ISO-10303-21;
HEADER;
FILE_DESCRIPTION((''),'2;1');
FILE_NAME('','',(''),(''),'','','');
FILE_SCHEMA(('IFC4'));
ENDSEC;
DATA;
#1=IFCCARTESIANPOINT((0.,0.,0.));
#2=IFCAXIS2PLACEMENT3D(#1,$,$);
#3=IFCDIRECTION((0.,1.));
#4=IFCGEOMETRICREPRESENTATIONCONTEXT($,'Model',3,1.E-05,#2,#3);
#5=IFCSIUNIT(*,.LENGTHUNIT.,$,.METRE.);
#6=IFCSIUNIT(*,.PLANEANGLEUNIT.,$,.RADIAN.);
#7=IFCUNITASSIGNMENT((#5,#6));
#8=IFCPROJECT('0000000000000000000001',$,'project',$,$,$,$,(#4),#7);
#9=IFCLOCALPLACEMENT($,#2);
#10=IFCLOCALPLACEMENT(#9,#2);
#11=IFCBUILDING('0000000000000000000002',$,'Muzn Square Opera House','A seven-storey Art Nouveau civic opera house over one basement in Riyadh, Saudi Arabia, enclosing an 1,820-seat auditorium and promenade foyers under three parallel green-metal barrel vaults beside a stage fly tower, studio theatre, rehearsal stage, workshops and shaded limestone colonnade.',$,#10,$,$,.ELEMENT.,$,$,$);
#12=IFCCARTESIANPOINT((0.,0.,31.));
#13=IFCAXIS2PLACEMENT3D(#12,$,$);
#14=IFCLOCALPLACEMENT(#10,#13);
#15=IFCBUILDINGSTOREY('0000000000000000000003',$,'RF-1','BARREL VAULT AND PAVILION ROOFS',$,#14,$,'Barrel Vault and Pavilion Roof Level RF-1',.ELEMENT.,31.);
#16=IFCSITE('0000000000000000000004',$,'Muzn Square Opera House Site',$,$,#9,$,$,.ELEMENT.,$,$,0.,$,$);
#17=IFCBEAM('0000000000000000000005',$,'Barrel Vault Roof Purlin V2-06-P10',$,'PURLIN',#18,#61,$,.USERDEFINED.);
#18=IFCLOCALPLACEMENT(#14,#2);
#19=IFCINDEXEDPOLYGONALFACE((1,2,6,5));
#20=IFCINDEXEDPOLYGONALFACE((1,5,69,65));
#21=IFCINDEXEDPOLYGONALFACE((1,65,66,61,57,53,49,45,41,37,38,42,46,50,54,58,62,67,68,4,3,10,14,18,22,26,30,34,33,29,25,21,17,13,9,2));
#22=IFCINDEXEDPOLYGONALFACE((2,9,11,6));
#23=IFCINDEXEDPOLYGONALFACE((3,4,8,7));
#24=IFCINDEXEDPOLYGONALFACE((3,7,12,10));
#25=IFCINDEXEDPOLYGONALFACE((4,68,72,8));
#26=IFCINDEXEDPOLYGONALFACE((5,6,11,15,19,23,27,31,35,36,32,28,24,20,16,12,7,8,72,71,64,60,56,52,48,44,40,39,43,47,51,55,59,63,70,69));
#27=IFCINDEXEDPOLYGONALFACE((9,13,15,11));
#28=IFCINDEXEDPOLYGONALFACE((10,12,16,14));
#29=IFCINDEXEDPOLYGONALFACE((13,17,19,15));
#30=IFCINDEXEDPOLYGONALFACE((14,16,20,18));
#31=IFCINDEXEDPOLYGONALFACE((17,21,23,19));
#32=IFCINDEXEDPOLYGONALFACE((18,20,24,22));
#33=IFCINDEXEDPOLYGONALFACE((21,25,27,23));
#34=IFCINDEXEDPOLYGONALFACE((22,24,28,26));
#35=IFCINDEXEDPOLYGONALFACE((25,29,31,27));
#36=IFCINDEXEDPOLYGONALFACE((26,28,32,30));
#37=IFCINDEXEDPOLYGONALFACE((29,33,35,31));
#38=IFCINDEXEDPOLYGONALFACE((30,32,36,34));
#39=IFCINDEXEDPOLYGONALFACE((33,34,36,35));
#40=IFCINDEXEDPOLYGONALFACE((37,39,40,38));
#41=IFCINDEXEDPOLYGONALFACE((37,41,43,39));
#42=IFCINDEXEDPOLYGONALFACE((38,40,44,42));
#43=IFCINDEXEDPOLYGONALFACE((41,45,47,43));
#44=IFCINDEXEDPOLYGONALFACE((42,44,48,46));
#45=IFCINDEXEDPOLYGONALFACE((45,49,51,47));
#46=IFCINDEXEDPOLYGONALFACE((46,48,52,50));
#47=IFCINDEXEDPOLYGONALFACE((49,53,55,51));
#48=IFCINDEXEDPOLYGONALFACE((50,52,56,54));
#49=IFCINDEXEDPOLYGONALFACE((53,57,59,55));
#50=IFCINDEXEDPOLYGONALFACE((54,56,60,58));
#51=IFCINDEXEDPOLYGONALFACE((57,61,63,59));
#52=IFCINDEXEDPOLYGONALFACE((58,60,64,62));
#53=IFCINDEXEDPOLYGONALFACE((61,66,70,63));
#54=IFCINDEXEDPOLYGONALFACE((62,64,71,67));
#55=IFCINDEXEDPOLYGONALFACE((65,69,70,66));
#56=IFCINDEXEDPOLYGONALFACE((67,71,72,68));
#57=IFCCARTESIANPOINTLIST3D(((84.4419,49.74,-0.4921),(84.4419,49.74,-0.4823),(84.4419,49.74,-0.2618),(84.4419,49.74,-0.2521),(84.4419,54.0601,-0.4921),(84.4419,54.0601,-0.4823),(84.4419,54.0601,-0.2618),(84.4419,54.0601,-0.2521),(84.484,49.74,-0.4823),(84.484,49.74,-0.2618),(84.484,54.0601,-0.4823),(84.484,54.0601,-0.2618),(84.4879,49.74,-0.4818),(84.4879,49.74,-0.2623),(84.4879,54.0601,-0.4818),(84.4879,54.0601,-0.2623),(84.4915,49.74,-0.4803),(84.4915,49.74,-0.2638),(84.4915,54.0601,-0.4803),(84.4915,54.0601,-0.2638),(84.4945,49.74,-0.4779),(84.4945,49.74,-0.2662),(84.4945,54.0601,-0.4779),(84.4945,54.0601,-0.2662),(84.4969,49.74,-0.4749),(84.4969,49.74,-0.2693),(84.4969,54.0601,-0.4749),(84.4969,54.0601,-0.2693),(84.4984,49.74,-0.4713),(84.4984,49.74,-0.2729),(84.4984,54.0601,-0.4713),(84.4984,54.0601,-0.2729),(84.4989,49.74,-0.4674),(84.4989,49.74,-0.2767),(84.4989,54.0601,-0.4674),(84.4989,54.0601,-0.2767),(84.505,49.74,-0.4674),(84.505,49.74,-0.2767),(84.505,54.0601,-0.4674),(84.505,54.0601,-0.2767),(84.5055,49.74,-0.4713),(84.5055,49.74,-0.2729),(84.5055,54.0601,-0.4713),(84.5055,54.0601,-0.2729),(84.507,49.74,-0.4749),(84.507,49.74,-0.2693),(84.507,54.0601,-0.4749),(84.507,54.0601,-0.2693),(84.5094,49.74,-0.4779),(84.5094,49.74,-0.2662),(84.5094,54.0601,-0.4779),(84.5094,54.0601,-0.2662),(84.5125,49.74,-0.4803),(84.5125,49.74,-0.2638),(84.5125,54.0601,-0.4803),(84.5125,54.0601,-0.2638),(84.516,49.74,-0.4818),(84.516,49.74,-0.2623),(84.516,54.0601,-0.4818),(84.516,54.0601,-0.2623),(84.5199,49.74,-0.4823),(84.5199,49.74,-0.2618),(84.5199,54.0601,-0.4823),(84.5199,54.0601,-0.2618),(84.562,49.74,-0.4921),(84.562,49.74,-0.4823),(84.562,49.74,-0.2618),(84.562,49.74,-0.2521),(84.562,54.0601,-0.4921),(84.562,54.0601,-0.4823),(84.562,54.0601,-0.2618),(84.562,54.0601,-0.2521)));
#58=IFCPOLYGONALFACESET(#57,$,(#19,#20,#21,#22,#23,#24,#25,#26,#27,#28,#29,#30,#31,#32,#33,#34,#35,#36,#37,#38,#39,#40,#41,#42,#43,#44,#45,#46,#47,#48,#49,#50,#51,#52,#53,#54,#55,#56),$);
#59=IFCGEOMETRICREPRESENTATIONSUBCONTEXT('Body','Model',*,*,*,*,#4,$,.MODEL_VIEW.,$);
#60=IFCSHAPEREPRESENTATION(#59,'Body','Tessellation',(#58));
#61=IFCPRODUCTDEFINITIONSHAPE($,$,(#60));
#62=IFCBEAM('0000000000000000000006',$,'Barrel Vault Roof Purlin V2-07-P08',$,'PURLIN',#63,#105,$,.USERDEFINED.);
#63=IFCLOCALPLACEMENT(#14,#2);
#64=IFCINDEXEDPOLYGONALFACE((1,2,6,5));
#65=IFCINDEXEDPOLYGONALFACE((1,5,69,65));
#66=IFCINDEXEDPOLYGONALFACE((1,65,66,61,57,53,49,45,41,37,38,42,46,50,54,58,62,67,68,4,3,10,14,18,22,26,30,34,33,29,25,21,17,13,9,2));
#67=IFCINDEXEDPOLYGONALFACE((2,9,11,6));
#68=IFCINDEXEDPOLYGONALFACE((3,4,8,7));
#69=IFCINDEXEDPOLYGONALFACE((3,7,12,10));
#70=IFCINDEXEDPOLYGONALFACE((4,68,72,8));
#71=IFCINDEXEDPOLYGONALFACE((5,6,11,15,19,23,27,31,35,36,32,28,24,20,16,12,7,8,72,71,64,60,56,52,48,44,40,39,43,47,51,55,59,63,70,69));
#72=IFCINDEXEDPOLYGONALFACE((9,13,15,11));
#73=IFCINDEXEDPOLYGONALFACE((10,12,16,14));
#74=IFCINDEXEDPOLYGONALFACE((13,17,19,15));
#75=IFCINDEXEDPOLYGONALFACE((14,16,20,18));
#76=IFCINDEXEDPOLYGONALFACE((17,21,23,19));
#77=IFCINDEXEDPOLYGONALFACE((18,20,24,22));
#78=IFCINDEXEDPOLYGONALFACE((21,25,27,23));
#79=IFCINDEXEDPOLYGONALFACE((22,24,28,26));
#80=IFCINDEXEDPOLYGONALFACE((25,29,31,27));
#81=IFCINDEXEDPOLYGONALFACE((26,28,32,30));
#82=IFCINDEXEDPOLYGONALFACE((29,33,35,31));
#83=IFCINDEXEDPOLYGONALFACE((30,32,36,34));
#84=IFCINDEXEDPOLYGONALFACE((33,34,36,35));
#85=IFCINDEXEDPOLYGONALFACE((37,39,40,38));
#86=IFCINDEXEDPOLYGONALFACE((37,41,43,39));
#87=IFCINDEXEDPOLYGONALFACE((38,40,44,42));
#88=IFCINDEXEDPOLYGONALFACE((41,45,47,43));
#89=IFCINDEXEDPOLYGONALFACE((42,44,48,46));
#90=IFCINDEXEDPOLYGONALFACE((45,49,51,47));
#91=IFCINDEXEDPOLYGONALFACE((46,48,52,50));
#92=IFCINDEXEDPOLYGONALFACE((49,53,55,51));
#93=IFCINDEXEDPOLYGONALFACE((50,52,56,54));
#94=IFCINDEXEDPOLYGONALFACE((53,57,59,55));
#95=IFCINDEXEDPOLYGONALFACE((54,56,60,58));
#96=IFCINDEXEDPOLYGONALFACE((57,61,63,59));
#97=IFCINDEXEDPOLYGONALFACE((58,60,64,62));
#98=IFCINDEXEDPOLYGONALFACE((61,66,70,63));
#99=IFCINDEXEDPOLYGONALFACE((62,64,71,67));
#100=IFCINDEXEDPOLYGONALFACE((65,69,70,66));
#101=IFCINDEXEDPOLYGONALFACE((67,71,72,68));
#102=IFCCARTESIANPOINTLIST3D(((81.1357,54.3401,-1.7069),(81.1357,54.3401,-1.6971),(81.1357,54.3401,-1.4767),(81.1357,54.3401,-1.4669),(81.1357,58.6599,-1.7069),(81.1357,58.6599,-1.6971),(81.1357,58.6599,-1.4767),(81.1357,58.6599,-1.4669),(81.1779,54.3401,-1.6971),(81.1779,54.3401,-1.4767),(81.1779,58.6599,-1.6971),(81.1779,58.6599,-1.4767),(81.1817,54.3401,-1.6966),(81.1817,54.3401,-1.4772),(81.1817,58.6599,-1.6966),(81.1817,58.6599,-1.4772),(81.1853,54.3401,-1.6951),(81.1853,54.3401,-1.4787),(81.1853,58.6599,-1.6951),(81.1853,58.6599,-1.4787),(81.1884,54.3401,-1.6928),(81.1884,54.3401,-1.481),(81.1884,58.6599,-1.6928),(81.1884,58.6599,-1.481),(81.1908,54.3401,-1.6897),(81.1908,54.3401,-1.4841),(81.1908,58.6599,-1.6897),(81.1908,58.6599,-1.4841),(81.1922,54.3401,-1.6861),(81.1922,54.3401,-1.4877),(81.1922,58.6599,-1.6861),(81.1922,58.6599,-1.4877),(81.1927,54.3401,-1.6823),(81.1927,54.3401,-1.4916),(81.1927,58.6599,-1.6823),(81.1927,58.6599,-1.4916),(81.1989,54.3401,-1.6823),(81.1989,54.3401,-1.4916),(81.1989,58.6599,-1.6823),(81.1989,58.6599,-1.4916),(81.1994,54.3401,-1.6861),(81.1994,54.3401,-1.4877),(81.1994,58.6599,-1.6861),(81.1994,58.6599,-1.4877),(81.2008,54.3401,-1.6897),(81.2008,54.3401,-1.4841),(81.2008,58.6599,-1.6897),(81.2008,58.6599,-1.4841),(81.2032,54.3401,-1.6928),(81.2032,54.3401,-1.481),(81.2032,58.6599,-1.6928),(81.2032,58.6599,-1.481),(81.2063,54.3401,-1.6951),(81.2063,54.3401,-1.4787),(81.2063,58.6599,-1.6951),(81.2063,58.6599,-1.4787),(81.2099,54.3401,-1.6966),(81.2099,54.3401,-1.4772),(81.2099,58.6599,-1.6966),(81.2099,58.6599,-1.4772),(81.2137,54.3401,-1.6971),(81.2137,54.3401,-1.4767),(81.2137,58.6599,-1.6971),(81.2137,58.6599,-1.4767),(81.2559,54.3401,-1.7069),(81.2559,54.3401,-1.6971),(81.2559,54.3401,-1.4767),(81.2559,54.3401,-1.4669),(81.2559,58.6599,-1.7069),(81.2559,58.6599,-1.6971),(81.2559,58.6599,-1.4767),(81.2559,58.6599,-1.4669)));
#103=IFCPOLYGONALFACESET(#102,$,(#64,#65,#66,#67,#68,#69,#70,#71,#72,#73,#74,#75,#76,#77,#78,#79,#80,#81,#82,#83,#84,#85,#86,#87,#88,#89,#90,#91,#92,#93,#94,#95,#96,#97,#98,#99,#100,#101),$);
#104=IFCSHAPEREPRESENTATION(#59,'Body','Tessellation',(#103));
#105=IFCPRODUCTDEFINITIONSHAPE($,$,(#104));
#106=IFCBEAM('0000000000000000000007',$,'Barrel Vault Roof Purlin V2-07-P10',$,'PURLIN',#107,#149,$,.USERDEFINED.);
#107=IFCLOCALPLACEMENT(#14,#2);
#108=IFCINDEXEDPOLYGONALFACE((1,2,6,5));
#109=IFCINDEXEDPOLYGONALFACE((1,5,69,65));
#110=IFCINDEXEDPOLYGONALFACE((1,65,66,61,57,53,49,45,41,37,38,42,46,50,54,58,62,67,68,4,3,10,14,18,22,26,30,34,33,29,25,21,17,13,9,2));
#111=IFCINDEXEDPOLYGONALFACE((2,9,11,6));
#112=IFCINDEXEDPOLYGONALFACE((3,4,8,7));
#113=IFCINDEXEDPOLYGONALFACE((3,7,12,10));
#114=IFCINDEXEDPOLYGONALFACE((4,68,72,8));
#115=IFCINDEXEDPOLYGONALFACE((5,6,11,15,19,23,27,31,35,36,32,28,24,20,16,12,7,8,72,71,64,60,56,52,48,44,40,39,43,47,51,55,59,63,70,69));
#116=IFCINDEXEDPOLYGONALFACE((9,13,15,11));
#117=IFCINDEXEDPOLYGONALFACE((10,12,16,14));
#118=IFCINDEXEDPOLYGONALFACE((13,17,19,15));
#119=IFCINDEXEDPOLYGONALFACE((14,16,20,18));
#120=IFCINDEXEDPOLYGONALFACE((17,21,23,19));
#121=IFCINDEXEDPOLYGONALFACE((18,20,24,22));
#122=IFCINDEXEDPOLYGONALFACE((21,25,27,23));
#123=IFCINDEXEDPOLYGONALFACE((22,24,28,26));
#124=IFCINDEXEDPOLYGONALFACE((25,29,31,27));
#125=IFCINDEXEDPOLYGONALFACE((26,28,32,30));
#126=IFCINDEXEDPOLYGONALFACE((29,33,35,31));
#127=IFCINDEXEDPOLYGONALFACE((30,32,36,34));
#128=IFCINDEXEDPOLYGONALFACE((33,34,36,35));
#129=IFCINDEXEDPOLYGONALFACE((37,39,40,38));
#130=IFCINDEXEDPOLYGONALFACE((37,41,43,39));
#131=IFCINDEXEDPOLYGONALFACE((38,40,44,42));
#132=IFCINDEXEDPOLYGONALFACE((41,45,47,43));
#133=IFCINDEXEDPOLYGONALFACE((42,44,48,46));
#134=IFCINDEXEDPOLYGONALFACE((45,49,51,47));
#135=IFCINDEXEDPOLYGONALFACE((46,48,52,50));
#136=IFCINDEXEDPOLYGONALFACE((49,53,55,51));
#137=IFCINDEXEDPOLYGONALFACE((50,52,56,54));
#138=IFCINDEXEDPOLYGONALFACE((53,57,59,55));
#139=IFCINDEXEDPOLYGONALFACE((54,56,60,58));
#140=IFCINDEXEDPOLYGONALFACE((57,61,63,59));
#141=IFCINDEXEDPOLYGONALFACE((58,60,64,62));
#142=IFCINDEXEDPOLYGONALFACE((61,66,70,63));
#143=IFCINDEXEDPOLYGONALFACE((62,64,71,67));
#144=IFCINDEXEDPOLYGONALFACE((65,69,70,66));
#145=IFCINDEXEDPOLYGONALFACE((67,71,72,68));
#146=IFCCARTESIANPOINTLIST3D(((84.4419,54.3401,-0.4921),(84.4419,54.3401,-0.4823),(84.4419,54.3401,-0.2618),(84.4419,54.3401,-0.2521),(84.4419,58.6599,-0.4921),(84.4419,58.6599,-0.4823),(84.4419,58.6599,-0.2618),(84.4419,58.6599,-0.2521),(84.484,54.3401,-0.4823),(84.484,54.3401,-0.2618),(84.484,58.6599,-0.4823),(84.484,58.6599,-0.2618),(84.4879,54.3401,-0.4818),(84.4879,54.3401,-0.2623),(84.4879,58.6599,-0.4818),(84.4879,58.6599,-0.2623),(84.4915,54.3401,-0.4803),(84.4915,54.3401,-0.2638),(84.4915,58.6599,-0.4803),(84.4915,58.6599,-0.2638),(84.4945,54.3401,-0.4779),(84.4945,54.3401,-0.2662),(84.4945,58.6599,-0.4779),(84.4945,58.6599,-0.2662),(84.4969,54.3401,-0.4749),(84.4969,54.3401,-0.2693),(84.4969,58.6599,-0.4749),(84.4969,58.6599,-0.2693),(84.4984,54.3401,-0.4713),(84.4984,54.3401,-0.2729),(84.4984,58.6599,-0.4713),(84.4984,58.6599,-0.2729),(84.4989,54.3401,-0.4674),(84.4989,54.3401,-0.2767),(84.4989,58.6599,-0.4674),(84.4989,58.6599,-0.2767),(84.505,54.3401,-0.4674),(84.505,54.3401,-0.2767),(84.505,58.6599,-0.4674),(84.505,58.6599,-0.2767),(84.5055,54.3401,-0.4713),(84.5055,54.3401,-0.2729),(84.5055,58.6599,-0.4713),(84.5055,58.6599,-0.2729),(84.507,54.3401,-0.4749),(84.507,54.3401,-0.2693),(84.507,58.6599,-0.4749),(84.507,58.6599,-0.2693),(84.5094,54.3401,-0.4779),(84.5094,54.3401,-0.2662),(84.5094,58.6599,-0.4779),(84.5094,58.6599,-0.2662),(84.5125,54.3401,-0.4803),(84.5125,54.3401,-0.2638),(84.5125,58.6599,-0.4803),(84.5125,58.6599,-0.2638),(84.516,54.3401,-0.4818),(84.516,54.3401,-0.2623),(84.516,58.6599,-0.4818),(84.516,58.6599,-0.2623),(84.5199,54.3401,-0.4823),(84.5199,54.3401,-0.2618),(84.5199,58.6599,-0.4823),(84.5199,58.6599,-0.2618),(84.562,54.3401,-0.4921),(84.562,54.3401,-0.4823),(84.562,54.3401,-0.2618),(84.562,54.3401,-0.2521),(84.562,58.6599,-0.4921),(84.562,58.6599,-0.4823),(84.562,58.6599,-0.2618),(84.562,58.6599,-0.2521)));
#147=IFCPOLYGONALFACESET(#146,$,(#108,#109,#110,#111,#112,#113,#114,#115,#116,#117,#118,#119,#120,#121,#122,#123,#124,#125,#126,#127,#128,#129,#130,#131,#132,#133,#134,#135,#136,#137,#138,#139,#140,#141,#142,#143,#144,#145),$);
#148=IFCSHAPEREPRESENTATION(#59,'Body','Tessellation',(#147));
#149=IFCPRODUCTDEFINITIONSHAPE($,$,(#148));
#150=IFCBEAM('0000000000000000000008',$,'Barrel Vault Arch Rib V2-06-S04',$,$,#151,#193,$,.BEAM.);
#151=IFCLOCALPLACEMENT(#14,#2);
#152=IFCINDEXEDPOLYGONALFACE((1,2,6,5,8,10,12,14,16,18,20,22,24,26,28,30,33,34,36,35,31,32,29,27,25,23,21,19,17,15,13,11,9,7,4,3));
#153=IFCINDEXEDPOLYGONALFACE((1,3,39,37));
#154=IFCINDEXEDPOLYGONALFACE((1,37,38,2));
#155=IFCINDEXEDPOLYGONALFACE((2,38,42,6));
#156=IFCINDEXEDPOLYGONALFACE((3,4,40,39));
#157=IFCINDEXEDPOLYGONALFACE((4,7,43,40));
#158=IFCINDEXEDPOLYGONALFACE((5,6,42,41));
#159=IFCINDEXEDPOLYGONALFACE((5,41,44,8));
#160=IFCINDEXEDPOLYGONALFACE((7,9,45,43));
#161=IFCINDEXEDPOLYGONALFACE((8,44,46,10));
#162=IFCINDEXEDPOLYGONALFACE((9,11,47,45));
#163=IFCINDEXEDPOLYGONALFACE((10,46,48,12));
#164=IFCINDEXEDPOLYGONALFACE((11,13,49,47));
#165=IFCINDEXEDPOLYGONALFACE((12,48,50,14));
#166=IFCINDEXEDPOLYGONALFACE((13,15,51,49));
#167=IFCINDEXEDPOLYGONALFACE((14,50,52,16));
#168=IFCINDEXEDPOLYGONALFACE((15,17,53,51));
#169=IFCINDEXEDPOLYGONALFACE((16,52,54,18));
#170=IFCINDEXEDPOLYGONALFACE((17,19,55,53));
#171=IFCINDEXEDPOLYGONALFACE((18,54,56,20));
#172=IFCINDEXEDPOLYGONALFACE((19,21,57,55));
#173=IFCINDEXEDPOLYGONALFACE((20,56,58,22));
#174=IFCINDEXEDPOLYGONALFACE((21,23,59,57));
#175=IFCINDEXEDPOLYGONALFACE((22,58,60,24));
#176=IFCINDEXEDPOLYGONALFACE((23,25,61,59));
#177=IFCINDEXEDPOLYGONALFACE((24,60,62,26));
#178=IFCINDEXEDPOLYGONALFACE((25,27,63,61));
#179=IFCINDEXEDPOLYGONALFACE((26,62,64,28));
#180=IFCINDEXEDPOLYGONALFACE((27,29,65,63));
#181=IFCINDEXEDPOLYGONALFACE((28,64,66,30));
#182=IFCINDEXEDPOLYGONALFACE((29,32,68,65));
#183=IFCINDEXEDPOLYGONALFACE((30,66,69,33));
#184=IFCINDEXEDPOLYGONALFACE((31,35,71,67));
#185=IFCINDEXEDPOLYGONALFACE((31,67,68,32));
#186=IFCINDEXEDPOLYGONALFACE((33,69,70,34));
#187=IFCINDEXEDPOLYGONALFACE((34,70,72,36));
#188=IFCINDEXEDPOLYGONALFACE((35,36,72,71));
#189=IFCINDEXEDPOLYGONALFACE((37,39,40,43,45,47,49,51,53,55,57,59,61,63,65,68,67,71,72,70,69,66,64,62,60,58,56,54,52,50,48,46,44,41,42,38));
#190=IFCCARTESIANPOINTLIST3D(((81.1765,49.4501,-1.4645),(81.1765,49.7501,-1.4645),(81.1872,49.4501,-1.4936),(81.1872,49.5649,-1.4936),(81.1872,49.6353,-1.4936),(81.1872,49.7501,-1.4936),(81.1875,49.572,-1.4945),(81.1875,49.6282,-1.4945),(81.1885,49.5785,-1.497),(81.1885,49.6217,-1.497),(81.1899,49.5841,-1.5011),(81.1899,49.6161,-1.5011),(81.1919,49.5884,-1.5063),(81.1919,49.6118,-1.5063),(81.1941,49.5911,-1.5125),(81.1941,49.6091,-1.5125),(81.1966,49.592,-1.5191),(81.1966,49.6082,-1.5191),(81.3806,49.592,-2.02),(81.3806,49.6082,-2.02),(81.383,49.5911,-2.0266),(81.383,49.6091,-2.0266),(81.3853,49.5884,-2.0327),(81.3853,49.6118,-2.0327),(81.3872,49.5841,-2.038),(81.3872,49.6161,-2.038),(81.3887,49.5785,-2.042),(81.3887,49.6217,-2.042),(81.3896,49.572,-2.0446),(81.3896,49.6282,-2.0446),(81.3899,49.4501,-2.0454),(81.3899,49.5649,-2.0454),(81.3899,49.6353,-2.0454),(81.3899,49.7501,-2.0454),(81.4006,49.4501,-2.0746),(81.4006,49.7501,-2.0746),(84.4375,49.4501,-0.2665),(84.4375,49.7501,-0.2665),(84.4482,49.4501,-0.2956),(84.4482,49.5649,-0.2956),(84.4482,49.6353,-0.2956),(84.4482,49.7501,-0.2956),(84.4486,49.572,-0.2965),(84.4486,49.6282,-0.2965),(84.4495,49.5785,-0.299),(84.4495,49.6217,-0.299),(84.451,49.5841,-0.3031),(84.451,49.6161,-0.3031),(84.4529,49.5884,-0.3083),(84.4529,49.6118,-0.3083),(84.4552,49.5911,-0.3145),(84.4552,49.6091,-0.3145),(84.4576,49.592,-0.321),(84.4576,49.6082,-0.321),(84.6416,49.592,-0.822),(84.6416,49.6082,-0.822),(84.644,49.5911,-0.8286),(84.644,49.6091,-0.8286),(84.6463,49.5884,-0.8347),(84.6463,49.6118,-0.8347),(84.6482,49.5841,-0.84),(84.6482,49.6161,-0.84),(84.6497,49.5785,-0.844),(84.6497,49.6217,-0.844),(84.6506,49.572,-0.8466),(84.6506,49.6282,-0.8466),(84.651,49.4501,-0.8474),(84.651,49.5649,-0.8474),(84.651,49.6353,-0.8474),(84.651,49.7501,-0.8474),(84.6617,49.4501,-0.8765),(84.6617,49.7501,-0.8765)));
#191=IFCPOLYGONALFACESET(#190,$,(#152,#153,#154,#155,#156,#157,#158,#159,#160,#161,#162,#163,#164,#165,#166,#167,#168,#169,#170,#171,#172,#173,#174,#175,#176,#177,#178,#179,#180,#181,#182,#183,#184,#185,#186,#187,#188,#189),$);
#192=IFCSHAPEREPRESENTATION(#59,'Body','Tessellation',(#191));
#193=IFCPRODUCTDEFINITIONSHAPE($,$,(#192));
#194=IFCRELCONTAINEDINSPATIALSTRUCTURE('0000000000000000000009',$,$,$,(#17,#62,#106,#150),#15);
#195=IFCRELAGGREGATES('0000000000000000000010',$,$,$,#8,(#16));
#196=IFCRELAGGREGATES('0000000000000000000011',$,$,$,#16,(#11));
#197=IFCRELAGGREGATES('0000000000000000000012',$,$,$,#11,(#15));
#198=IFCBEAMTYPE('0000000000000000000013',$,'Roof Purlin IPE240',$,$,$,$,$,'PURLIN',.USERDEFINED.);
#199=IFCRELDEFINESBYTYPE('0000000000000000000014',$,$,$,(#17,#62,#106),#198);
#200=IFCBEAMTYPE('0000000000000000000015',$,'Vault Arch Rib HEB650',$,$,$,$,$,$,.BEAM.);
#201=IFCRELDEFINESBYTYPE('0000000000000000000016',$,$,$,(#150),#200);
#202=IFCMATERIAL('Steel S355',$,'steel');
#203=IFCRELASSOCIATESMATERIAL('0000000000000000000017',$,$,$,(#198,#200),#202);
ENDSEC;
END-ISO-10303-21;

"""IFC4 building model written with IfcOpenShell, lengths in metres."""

from ifc_helpers import new_model, si_unit, direction, frame, origin, origin_2d, place, context, subcontext, project, spatial, i_section, extrude, material, material_profile, profile_set, type_object, element, save


model = new_model("IFC4")

# Units and contexts
model_context = context("Model", 3, precision=1e-05, world=origin(), true_north=direction((0.0, 1.0)))
body_context = subcontext(model_context, "Body", "Model", "MODEL_VIEW")
ifc_project = project(units=[si_unit("LENGTHUNIT", "METRE"), si_unit("PLANEANGLEUNIT", "RADIAN")], contexts=[model_context])

# Site, building, storey
site_placement = place(None, origin())
site = spatial("IfcSite", under=ifc_project, at=site_placement, Name="Muzn Square Opera House Site", CompositionType="ELEMENT", RefElevation=0.0)
building_placement = place(site_placement, origin())
building = spatial("IfcBuilding", under=site, at=building_placement, Name="Muzn Square Opera House", Description="A seven-storey Art Nouveau civic opera house over one basement in Riyadh, Saudi Arabia, enclosing an 1,820-seat auditorium and promenade foyers under three parallel green-metal barrel vaults beside a stage fly tower, studio theatre, rehearsal stage, workshops and shaded limestone colonnade.", CompositionType="ELEMENT")
storey_placement = place(building_placement, frame((0.0, 0.0, 31.0)))
storey = spatial("IfcBuildingStorey", under=building, at=storey_placement, Name="RF-1", Description="BARREL VAULT AND PAVILION ROOFS", LongName="Barrel Vault and Pavilion Roof Level RF-1", CompositionType="ELEMENT", Elevation=31.0)

# Beams
ifc_material_1 = material(Name="Steel S355", Category="steel")
ifc_material_profile_1 = material_profile(ifc_material_1, i_section(OverallWidth=0.1201, OverallDepth=0.24, WebThickness=0.0061, FlangeThickness=0.0098, FilletRadius=0.0149, at=origin_2d()), Name="IPE 240", Category="steel")
ifc_profile_set_1 = profile_set([ifc_material_profile_1], Name="Steel S355")
beam_type_1 = type_object("IfcBeamType", Name="Roof Purlin IPE240", ElementType="PURLIN", PredefinedType="USERDEFINED", material=ifc_profile_set_1)
for number, where, z_axis, x_axis, name in (
    (1, (84.502, 49.74, -0.3721), (0.0, 1.0, 0.0), (-1.0, 0.0, 0.0), "Barrel Vault Roof Purlin V2-06-P10"),
):
    element("IfcBeam", number, at=place(storey_placement, frame(where, z_axis=z_axis, x_axis=x_axis)), inside=storey, type_object=beam_type_1, Name=name, ObjectType="PURLIN", PredefinedType="USERDEFINED", context=body_context, shape_type="SweptSolid", body=[
        extrude(i_section(OverallWidth=0.1201, OverallDepth=0.24, WebThickness=0.0061, FlangeThickness=0.0098, FilletRadius=0.0149, at=origin_2d()), origin(), (0.0, 0.0, 1.0), 4.3201),
    ])
for number, where, z_axis, x_axis, name in (
    (2, (81.1958, 54.3401, -1.5869), (0.0, 1.0, 0.0), (-1.0, 0.0, 0.0), "Barrel Vault Roof Purlin V2-07-P08"),
    (3, (84.502, 54.3401, -0.3721), (0.0, 1.0, 0.0), (-1.0, 0.0, 0.0), "Barrel Vault Roof Purlin V2-07-P10"),
):
    element("IfcBeam", number, at=place(storey_placement, frame(where, z_axis=z_axis, x_axis=x_axis)), inside=storey, type_object=beam_type_1, Name=name, ObjectType="PURLIN", PredefinedType="USERDEFINED", context=body_context, shape_type="SweptSolid", body=[
        extrude(i_section(OverallWidth=0.1201, OverallDepth=0.24, WebThickness=0.0061, FlangeThickness=0.0098, FilletRadius=0.0149, at=origin_2d()), origin(), (0.0, 0.0, 1.0), 4.3198),
    ])
ifc_material_profile_2 = material_profile(ifc_material_1, i_section(OverallWidth=0.3, OverallDepth=0.6499, WebThickness=0.0161, FlangeThickness=0.031, FilletRadius=0.0271, at=origin_2d()), Name="HEB 650", Category="steel")
ifc_profile_set_2 = profile_set([ifc_material_profile_2], Name="Steel S355")
beam_type_2 = type_object("IfcBeamType", Name="Vault Arch Rib HEB650", PredefinedType="BEAM", material=ifc_profile_set_2)
beam_1_placement = place(storey_placement, frame((81.2886, 49.6001, -1.7695), z_axis=(0.938662, 0.0, 0.344839), x_axis=(0.0, 1.0, 0.0)))
element("IfcBeam", 4, at=beam_1_placement, inside=storey, type_object=beam_type_2, Name="Barrel Vault Arch Rib V2-06-S04", PredefinedType="BEAM", context=body_context, shape_type="SweptSolid", body=[
    extrude(i_section(OverallWidth=0.3, OverallDepth=0.6499, WebThickness=0.0161, FlangeThickness=0.031, FilletRadius=0.0271, at=origin_2d()), origin(), (0.0, 0.0, 1.0), 3.4741),
])

save(model, "model.ifc")
